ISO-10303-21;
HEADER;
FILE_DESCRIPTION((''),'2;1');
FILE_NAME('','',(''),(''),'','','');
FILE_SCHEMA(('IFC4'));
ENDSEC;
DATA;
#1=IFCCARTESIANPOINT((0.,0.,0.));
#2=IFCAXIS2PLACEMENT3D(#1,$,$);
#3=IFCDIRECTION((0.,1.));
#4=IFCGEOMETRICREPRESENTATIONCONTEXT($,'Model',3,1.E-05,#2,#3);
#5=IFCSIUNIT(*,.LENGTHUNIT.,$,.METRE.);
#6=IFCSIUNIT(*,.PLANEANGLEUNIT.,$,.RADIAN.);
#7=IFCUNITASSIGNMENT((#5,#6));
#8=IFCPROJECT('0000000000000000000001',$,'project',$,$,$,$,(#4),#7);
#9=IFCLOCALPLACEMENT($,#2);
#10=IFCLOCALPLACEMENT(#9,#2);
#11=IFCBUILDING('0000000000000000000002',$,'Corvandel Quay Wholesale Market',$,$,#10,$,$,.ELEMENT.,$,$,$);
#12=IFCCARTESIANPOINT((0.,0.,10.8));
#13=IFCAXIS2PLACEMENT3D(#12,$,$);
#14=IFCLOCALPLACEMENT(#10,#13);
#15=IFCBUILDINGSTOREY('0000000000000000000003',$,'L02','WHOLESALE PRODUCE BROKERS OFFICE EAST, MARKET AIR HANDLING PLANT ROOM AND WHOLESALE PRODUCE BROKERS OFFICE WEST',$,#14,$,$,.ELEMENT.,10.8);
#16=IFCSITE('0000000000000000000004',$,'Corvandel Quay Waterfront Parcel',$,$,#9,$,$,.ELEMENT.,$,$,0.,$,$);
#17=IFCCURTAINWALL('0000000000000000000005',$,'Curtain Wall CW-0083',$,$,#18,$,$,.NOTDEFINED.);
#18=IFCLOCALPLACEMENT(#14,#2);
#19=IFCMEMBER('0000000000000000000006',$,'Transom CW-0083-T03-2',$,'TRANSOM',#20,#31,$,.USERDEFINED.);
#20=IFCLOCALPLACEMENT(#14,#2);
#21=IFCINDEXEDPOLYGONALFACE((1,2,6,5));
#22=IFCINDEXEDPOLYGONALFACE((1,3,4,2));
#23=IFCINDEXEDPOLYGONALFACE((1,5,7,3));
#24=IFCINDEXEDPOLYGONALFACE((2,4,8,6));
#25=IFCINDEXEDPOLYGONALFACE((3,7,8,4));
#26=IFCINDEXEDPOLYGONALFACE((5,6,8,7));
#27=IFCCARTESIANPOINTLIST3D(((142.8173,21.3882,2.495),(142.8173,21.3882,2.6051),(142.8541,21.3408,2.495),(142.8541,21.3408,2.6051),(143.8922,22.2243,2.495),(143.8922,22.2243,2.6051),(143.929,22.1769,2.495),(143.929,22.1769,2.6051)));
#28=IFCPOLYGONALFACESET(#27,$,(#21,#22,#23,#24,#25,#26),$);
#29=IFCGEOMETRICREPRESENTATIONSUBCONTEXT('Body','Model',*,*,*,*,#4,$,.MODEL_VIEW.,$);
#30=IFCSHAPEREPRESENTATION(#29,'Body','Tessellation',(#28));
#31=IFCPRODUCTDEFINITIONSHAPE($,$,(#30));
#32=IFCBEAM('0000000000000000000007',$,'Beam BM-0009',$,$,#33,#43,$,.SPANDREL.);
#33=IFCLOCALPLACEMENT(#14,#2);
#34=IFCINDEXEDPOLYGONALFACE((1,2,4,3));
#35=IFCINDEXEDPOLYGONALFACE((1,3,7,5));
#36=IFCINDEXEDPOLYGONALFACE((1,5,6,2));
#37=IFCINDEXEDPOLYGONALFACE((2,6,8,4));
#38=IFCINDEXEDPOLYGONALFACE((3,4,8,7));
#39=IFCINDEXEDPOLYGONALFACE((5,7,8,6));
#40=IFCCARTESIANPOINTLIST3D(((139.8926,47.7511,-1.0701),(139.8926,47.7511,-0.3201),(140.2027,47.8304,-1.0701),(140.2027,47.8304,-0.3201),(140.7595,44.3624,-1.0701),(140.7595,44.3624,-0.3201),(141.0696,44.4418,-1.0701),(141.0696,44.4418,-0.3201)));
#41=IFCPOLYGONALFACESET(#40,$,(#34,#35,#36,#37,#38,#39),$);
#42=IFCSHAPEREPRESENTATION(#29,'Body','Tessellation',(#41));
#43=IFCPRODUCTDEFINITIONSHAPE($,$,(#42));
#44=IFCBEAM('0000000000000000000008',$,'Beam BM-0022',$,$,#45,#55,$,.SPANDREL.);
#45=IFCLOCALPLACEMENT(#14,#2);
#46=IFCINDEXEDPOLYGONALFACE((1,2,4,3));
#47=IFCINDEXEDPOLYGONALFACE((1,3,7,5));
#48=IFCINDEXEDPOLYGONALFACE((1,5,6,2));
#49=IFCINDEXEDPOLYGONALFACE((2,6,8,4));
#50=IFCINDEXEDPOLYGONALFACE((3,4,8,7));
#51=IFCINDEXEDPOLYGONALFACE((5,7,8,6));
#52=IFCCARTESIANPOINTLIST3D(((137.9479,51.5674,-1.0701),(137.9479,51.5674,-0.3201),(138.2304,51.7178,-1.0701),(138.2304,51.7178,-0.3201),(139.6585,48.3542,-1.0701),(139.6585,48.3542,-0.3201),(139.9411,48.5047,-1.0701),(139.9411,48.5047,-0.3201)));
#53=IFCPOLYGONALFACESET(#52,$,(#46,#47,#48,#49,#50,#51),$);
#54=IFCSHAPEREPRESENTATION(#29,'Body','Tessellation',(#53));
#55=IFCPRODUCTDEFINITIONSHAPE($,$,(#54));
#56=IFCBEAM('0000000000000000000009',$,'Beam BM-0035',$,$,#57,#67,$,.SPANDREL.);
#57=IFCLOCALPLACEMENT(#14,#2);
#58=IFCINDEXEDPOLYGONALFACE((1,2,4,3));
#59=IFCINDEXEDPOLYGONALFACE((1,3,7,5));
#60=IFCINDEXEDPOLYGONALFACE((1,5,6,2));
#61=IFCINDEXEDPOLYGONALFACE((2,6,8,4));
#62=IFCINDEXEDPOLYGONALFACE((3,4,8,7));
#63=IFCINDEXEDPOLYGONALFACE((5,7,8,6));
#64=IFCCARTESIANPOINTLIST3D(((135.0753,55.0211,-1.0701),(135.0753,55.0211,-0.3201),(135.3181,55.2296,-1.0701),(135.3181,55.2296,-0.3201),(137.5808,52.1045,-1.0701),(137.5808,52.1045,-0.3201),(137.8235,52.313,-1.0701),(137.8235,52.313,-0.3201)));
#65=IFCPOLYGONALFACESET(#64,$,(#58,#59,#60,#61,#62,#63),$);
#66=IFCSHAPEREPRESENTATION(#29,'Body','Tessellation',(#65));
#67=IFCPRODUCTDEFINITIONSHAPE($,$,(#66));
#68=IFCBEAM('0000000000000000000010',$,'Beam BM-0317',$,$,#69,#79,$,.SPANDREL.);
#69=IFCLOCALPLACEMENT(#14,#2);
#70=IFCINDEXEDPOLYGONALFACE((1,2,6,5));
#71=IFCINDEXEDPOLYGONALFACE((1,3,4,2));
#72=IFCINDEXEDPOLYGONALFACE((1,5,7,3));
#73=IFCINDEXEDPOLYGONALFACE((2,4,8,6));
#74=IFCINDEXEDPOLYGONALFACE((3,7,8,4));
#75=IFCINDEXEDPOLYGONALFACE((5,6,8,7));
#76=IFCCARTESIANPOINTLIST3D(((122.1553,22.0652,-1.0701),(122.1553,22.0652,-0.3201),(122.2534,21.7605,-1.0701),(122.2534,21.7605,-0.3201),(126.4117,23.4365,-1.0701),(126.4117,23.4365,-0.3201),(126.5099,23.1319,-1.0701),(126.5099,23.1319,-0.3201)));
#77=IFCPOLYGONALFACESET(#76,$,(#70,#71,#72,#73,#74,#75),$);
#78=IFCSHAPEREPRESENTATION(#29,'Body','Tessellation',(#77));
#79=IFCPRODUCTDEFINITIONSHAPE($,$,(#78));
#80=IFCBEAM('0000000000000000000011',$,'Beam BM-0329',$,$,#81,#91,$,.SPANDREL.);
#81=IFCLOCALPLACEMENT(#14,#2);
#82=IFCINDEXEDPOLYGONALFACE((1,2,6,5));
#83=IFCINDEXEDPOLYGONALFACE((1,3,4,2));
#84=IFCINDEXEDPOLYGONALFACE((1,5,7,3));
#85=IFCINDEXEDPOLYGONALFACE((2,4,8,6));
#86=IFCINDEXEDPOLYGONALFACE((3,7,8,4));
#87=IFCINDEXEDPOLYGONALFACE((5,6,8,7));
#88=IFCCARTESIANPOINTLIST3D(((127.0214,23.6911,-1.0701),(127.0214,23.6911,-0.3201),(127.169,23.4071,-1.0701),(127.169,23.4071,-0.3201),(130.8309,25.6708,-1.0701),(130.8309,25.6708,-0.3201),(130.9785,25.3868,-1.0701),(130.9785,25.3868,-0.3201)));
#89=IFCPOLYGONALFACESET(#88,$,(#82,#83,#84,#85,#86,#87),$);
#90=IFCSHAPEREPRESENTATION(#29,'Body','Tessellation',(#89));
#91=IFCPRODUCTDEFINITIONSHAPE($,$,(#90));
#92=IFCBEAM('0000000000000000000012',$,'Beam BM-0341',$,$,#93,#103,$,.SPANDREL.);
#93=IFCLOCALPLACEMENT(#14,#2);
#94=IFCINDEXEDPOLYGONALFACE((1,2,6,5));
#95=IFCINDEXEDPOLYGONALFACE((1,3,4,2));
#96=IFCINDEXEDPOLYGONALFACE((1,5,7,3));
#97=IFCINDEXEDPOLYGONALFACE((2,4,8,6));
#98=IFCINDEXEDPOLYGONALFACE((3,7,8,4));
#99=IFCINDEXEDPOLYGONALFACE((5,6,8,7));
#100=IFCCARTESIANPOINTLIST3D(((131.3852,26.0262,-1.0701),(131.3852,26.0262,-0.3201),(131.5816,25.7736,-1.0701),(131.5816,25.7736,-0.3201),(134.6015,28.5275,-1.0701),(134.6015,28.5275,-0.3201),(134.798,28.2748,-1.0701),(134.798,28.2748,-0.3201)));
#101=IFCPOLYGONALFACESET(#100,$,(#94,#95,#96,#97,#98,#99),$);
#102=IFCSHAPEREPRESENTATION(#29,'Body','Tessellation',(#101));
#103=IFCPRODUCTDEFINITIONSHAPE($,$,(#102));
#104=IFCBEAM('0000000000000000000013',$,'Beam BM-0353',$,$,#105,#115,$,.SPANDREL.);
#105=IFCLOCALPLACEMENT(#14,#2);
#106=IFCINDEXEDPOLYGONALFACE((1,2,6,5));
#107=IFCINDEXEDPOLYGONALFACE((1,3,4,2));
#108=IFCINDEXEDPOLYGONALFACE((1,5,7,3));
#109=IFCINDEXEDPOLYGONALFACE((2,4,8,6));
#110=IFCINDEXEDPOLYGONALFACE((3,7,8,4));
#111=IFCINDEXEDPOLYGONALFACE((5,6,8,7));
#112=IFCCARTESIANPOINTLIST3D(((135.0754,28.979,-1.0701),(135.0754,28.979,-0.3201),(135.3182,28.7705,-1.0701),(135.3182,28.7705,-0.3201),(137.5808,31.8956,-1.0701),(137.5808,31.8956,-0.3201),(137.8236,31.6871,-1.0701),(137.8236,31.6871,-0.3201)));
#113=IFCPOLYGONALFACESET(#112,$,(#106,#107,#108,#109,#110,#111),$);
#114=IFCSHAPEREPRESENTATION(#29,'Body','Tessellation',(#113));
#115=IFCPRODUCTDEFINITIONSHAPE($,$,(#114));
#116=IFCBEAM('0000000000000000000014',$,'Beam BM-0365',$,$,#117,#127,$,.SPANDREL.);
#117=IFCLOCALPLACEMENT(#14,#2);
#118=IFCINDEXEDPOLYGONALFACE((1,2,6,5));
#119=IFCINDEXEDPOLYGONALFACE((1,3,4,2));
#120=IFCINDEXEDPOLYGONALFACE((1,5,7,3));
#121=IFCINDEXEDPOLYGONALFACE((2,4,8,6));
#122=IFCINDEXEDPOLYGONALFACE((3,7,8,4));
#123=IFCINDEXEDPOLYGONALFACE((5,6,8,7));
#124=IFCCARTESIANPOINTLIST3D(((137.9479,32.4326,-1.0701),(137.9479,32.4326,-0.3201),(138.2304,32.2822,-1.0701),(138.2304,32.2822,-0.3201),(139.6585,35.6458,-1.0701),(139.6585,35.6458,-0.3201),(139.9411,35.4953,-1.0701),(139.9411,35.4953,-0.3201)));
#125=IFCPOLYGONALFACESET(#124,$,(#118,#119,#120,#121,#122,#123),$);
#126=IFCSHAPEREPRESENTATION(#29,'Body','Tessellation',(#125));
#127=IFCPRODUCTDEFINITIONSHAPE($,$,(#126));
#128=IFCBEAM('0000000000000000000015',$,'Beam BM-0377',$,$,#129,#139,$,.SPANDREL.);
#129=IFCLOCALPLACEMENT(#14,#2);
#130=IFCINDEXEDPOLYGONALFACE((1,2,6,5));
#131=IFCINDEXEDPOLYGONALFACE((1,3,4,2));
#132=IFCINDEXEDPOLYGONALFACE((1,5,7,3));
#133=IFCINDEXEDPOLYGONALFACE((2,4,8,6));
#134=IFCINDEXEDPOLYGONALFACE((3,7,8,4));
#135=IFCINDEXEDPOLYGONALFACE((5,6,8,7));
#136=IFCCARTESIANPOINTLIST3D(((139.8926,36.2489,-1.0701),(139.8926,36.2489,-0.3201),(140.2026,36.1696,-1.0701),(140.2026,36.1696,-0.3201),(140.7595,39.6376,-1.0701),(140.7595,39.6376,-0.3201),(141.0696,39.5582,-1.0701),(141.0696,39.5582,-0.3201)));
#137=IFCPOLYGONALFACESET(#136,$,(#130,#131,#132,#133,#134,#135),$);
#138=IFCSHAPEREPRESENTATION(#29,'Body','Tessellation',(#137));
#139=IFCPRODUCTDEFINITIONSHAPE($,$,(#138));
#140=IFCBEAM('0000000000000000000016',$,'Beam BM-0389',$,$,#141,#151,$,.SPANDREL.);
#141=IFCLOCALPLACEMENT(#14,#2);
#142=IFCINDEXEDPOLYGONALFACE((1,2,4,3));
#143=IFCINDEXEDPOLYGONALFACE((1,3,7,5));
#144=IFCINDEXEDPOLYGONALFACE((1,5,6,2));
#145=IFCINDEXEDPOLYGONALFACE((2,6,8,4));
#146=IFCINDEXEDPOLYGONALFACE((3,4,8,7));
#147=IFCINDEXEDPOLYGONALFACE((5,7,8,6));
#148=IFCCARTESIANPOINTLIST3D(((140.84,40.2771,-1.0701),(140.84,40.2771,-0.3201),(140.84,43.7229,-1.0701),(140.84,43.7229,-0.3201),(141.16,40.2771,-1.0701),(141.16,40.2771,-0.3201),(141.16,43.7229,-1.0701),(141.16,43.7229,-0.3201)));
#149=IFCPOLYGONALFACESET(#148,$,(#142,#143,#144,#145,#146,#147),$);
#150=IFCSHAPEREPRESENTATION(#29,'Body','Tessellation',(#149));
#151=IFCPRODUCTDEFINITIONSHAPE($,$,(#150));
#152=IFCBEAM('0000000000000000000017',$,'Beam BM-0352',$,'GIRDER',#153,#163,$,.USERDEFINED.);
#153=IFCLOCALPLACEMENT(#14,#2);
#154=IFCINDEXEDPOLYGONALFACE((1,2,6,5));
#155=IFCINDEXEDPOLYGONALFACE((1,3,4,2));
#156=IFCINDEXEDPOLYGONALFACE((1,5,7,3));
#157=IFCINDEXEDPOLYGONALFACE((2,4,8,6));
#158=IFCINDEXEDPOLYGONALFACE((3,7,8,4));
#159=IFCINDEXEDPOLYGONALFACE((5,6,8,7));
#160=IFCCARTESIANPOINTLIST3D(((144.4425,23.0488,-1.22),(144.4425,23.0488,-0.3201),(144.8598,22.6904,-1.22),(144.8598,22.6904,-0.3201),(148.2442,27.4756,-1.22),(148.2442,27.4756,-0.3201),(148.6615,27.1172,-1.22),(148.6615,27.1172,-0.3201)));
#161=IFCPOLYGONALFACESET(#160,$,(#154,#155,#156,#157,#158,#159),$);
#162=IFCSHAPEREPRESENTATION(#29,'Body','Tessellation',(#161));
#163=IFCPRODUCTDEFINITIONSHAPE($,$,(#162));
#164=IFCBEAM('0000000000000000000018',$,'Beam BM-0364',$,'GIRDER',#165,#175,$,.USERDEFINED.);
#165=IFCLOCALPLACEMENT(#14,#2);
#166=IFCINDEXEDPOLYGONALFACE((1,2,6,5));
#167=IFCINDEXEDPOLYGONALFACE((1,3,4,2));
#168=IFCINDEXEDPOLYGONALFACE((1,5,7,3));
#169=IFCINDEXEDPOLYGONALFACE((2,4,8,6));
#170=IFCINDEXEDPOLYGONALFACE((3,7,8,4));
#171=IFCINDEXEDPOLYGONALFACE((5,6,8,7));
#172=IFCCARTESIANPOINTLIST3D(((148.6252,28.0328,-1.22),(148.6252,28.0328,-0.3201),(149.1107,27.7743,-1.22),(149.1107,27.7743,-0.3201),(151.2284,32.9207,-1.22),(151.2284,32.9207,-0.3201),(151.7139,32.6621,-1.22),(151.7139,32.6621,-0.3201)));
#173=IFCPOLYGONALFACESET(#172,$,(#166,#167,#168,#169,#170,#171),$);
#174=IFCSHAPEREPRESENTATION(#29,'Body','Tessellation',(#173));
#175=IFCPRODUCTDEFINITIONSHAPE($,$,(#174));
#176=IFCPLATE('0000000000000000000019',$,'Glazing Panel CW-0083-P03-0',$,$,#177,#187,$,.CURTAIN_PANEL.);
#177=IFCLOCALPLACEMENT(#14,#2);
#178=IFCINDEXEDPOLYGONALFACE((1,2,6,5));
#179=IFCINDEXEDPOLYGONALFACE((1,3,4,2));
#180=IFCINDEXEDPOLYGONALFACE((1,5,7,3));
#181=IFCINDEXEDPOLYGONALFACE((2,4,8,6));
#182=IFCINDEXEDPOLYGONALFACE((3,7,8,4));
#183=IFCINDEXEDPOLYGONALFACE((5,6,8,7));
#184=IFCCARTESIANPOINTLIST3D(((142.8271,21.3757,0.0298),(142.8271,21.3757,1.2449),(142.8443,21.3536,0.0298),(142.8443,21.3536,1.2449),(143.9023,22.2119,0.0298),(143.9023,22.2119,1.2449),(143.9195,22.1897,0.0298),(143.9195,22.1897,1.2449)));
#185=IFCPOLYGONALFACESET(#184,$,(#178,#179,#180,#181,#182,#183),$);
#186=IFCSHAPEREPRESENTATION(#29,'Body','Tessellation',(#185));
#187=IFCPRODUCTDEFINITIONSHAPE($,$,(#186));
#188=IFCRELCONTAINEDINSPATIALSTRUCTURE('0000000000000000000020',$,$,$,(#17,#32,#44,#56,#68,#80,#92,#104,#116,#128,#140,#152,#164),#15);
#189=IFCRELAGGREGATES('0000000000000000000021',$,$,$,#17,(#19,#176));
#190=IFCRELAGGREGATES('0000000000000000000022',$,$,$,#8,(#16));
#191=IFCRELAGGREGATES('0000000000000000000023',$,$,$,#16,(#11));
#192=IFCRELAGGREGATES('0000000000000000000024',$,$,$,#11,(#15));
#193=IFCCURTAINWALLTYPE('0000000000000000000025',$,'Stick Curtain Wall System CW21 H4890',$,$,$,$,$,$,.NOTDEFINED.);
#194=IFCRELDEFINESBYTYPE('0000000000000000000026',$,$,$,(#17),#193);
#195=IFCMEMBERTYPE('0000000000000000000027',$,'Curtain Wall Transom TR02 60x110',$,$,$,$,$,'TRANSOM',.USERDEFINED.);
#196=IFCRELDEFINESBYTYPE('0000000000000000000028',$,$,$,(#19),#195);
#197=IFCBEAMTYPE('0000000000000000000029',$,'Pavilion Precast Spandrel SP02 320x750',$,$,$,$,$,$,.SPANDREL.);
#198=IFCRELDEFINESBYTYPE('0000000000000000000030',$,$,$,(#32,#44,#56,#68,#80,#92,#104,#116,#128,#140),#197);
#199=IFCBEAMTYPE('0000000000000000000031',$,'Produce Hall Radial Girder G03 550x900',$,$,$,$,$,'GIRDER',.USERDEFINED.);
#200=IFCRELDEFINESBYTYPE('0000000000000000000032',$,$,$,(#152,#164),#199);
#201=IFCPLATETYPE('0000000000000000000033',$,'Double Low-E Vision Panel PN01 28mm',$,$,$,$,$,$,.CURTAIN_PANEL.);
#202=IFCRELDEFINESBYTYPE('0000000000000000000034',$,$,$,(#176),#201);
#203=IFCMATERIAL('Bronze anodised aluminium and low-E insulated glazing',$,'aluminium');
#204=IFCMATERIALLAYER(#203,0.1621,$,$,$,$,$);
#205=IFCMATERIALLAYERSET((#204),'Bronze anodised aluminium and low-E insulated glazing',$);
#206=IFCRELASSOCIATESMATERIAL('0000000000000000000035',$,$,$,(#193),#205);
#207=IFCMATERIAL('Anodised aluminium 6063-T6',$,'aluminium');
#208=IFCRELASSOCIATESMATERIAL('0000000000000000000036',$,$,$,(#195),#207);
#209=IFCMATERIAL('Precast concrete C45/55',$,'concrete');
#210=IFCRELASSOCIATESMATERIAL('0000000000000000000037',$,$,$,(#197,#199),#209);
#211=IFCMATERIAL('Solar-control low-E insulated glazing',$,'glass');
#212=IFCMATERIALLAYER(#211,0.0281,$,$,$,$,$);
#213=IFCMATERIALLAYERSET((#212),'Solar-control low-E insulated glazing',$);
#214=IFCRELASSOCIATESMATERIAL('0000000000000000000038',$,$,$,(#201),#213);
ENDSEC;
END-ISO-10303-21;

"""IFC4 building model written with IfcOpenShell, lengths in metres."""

from ifc_helpers import new_model, si_unit, direction, frame, origin, origin_2d, place, context, subcontext, project, spatial, rectangle, extrude, material, layer, layer_set, material_profile, profile_set, type_object, element, aggregate, save


model = new_model("IFC4")

# Units and contexts
model_context = context("Model", 3, precision=1e-05, world=origin(), true_north=direction((0.0, 1.0)))
body_context = subcontext(model_context, "Body", "Model", "MODEL_VIEW")
ifc_project = project(units=[si_unit("LENGTHUNIT", "METRE"), si_unit("PLANEANGLEUNIT", "RADIAN")], contexts=[model_context])

# Site, building, storey
site_placement = place(None, origin())
site = spatial("IfcSite", under=ifc_project, at=site_placement, Name="Corvandel Quay Waterfront Parcel", CompositionType="ELEMENT", RefElevation=0.0)
building_placement = place(site_placement, origin())
building = spatial("IfcBuilding", under=site, at=building_placement, Name="Corvandel Quay Wholesale Market", CompositionType="ELEMENT")
storey_placement = place(building_placement, frame((0.0, 0.0, 10.8)))
storey = spatial("IfcBuildingStorey", under=building, at=storey_placement, Name="L02", Description="WHOLESALE PRODUCE BROKERS OFFICE EAST, MARKET AIR HANDLING PLANT ROOM AND WHOLESALE PRODUCE BROKERS OFFICE WEST", CompositionType="ELEMENT", Elevation=10.8)

# Shared definitions
ifc_material_1 = material(Name="Precast concrete C45/55", Category="concrete")

# Curtain wall, member
ifc_material_2 = material(Name="Bronze anodised aluminium and low-E insulated glazing", Category="aluminium")
ifc_layer_1 = layer(ifc_material_2, 0.1621)
ifc_layer_set_1 = layer_set([ifc_layer_1], Name="Bronze anodised aluminium and low-E insulated glazing")
curtain_wall_type = type_object("IfcCurtainWallType", Name="Stick Curtain Wall System CW21 H4890", PredefinedType="NOTDEFINED", material=ifc_layer_set_1)
curtain_wall_placement = place(storey_placement, origin())
curtain_wall = element("IfcCurtainWall", 1, at=curtain_wall_placement, inside=storey, type_object=curtain_wall_type, Name="Curtain Wall CW-0083", PredefinedType="NOTDEFINED")
ifc_material_3 = material(Name="Anodised aluminium 6063-T6", Category="aluminium")
ifc_material_profile_1 = material_profile(ifc_material_3, rectangle(XDim=0.0601, YDim=0.1101, at=origin_2d()), Name="ALU-TRN-60x110")
ifc_profile_set_1 = profile_set([ifc_material_profile_1], Name="Anodised aluminium 6063-T6")
member_type_1 = type_object("IfcMemberType", Name="Curtain Wall Transom TR02 60x110", ElementType="TRANSOM", PredefinedType="USERDEFINED", material=ifc_profile_set_1)
member_1_placement = place(storey_placement, frame((142.8357, 21.3645, 2.55), z_axis=(0.789314, 0.61399, 0.0), x_axis=(-0.61399, 0.789314, 0.0)))
member_1 = element("IfcMember", 2, at=member_1_placement, type_object=member_type_1, Name="Transom CW-0083-T03-2", ObjectType="TRANSOM", PredefinedType="USERDEFINED", context=body_context, shape_type="SweptSolid", body=[
    extrude(rectangle(XDim=0.0601, YDim=0.1101, at=origin_2d()), origin(), (0.0, 0.0, 1.0), 1.3618),
])

# Beams
ifc_material_profile_2 = material_profile(ifc_material_1, rectangle(XDim=0.3201, YDim=0.75, at=origin_2d()), Name="PC-SPN-320x750")
ifc_profile_set_2 = profile_set([ifc_material_profile_2], Name="Precast concrete C45/55")
beam_type_1 = type_object("IfcBeamType", Name="Pavilion Precast Spandrel SP02 320x750", PredefinedType="SPANDREL", material=ifc_profile_set_2)
beam_1_placement = place(storey_placement, frame((140.9146, 44.4021, -0.6951), z_axis=(-0.247853, 0.968798, 0.0), x_axis=(-0.968798, -0.247853, 0.0)))
element("IfcBeam", 3, at=beam_1_placement, inside=storey, type_object=beam_type_1, Name="Beam BM-0009", PredefinedType="SPANDREL", context=body_context, shape_type="SweptSolid", body=[
    extrude(rectangle(XDim=0.3201, YDim=0.75, at=origin_2d()), origin(), (0.0, 0.0, 1.0), 3.4978),
])
beam_2_placement = place(storey_placement, frame((139.7998, 48.4294, -0.6951), z_axis=(-0.469951, 0.882692, 0.0), x_axis=(-0.882692, -0.469951, 0.0)))
element("IfcBeam", 4, at=beam_2_placement, inside=storey, type_object=beam_type_1, Name="Beam BM-0022", PredefinedType="SPANDREL", context=body_context, shape_type="SweptSolid", body=[
    extrude(rectangle(XDim=0.3201, YDim=0.75, at=origin_2d()), origin(), (0.0, 0.0, 1.0), 3.6401),
])
beam_3_placement = place(storey_placement, frame((137.7021, 52.2087, -0.6951), z_axis=(-0.651617, 0.758548, 0.0), x_axis=(-0.758548, -0.651617, 0.0)))
element("IfcBeam", 5, at=beam_3_placement, inside=storey, type_object=beam_type_1, Name="Beam BM-0035", PredefinedType="SPANDREL", context=body_context, shape_type="SweptSolid", body=[
    extrude(rectangle(XDim=0.3201, YDim=0.75, at=origin_2d()), origin(), (0.0, 0.0, 1.0), 3.845),
])
beam_4_placement = place(storey_placement, frame((122.2043, 21.9128, -0.6951), z_axis=(0.951818, 0.306663, 0.0), x_axis=(-0.306663, 0.951818, 0.0)))
element("IfcBeam", 6, at=beam_4_placement, inside=storey, type_object=beam_type_1, Name="Beam BM-0317", PredefinedType="SPANDREL", context=body_context, shape_type="SweptSolid", body=[
    extrude(rectangle(XDim=0.3201, YDim=0.75, at=origin_2d()), origin(), (0.0, 0.0, 1.0), 4.4719),
])
beam_5_placement = place(storey_placement, frame((127.0952, 23.5491, -0.6951), z_axis=(0.887335, 0.461125, 0.0), x_axis=(-0.461125, 0.887335, 0.0)))
element("IfcBeam", 7, at=beam_5_placement, inside=storey, type_object=beam_type_1, Name="Beam BM-0329", PredefinedType="SPANDREL", context=body_context, shape_type="SweptSolid", body=[
    extrude(rectangle(XDim=0.3201, YDim=0.75, at=origin_2d()), origin(), (0.0, 0.0, 1.0), 4.2932),
])
beam_6_placement = place(storey_placement, frame((131.4834, 25.8999, -0.6951), z_axis=(0.789394, 0.613887, 0.0), x_axis=(-0.613887, 0.789394, 0.0)))
element("IfcBeam", 8, at=beam_6_placement, inside=storey, type_object=beam_type_1, Name="Beam BM-0341", PredefinedType="SPANDREL", context=body_context, shape_type="SweptSolid", body=[
    extrude(rectangle(XDim=0.3201, YDim=0.75, at=origin_2d()), origin(), (0.0, 0.0, 1.0), 4.0745),
])
beam_7_placement = place(storey_placement, frame((135.1968, 28.8748, -0.6951), z_axis=(0.651617, 0.758548, 0.0), x_axis=(-0.758548, 0.651617, 0.0)))
element("IfcBeam", 9, at=beam_7_placement, inside=storey, type_object=beam_type_1, Name="Beam BM-0353", PredefinedType="SPANDREL", context=body_context, shape_type="SweptSolid", body=[
    extrude(rectangle(XDim=0.3201, YDim=0.75, at=origin_2d()), origin(), (0.0, 0.0, 1.0), 3.845),
])
beam_8_placement = place(storey_placement, frame((138.0891, 32.3574, -0.6951), z_axis=(0.469951, 0.882692, 0.0), x_axis=(-0.882692, 0.469951, 0.0)))
element("IfcBeam", 10, at=beam_8_placement, inside=storey, type_object=beam_type_1, Name="Beam BM-0365", PredefinedType="SPANDREL", context=body_context, shape_type="SweptSolid", body=[
    extrude(rectangle(XDim=0.3201, YDim=0.75, at=origin_2d()), origin(), (0.0, 0.0, 1.0), 3.6401),
])
beam_9_placement = place(storey_placement, frame((140.0476, 36.2092, -0.6951), z_axis=(0.247853, 0.968798, 0.0), x_axis=(-0.968798, 0.247853, 0.0)))
element("IfcBeam", 11, at=beam_9_placement, inside=storey, type_object=beam_type_1, Name="Beam BM-0377", PredefinedType="SPANDREL", context=body_context, shape_type="SweptSolid", body=[
    extrude(rectangle(XDim=0.3201, YDim=0.75, at=origin_2d()), origin(), (0.0, 0.0, 1.0), 3.4978),
])
beam_10_placement = place(storey_placement, frame((141.0, 40.2771, -0.6951), z_axis=(0.0, 1.0, 0.0), x_axis=(-1.0, 0.0, 0.0)))
element("IfcBeam", 12, at=beam_10_placement, inside=storey, type_object=beam_type_1, Name="Beam BM-0389", PredefinedType="SPANDREL", context=body_context, shape_type="SweptSolid", body=[
    extrude(rectangle(XDim=0.3201, YDim=0.75, at=origin_2d()), origin(), (0.0, 0.0, 1.0), 3.4458),
])
ifc_material_profile_3 = material_profile(ifc_material_1, rectangle(XDim=0.55, YDim=0.8999, at=origin_2d()), Name="PC-GIR-550x900")
ifc_profile_set_3 = profile_set([ifc_material_profile_3], Name="Precast concrete C45/55")
beam_type_2 = type_object("IfcBeamType", Name="Produce Hall Radial Girder G03 550x900", ElementType="GIRDER", PredefinedType="USERDEFINED", material=ifc_profile_set_3)
beam_11_placement = place(storey_placement, frame((144.6511, 22.8696, -0.77), z_axis=(0.651522, 0.75863, 0.0), x_axis=(-0.75863, 0.651522, 0.0)))
element("IfcBeam", 13, at=beam_11_placement, inside=storey, type_object=beam_type_2, Name="Beam BM-0352", ObjectType="GIRDER", PredefinedType="USERDEFINED", context=body_context, shape_type="SweptSolid", body=[
    extrude(rectangle(XDim=0.55, YDim=0.8999, at=origin_2d()), origin(), (0.0, 0.0, 1.0), 5.8352),
])
beam_12_placement = place(storey_placement, frame((148.8679, 27.9036, -0.77), z_axis=(0.470078, 0.882625, 0.0), x_axis=(-0.882625, 0.470078, 0.0)))
element("IfcBeam", 14, at=beam_12_placement, inside=storey, type_object=beam_type_2, Name="Beam BM-0364", ObjectType="GIRDER", PredefinedType="USERDEFINED", context=body_context, shape_type="SweptSolid", body=[
    extrude(rectangle(XDim=0.55, YDim=0.8999, at=origin_2d()), origin(), (0.0, 0.0, 1.0), 5.5378),
])

# Plate
ifc_material_4 = material(Name="Solar-control low-E insulated glazing", Category="glass")
ifc_layer_2 = layer(ifc_material_4, 0.0281)
ifc_layer_set_2 = layer_set([ifc_layer_2], Name="Solar-control low-E insulated glazing")
plate_type = type_object("IfcPlateType", Name="Double Low-E Vision Panel PN01 28mm", PredefinedType="CURTAIN_PANEL", material=ifc_layer_set_2)
plate_1_placement = place(storey_placement, frame((143.3733, 21.7827, 0.0298), z_axis=(0.0, 0.0, 1.0), x_axis=(0.789406, 0.613872, 0.0)))
plate_1 = element("IfcPlate", 15, at=plate_1_placement, type_object=plate_type, Name="Glazing Panel CW-0083-P03-0", PredefinedType="CURTAIN_PANEL", context=body_context, shape_type="SweptSolid", body=[
    extrude(rectangle(XDim=1.3621, YDim=0.0281, at=origin_2d()), origin(), (0.0, 0.0, 1.0), 1.2151),
])
aggregate(curtain_wall, [member_1, plate_1])

save(model, "model.ifc")
